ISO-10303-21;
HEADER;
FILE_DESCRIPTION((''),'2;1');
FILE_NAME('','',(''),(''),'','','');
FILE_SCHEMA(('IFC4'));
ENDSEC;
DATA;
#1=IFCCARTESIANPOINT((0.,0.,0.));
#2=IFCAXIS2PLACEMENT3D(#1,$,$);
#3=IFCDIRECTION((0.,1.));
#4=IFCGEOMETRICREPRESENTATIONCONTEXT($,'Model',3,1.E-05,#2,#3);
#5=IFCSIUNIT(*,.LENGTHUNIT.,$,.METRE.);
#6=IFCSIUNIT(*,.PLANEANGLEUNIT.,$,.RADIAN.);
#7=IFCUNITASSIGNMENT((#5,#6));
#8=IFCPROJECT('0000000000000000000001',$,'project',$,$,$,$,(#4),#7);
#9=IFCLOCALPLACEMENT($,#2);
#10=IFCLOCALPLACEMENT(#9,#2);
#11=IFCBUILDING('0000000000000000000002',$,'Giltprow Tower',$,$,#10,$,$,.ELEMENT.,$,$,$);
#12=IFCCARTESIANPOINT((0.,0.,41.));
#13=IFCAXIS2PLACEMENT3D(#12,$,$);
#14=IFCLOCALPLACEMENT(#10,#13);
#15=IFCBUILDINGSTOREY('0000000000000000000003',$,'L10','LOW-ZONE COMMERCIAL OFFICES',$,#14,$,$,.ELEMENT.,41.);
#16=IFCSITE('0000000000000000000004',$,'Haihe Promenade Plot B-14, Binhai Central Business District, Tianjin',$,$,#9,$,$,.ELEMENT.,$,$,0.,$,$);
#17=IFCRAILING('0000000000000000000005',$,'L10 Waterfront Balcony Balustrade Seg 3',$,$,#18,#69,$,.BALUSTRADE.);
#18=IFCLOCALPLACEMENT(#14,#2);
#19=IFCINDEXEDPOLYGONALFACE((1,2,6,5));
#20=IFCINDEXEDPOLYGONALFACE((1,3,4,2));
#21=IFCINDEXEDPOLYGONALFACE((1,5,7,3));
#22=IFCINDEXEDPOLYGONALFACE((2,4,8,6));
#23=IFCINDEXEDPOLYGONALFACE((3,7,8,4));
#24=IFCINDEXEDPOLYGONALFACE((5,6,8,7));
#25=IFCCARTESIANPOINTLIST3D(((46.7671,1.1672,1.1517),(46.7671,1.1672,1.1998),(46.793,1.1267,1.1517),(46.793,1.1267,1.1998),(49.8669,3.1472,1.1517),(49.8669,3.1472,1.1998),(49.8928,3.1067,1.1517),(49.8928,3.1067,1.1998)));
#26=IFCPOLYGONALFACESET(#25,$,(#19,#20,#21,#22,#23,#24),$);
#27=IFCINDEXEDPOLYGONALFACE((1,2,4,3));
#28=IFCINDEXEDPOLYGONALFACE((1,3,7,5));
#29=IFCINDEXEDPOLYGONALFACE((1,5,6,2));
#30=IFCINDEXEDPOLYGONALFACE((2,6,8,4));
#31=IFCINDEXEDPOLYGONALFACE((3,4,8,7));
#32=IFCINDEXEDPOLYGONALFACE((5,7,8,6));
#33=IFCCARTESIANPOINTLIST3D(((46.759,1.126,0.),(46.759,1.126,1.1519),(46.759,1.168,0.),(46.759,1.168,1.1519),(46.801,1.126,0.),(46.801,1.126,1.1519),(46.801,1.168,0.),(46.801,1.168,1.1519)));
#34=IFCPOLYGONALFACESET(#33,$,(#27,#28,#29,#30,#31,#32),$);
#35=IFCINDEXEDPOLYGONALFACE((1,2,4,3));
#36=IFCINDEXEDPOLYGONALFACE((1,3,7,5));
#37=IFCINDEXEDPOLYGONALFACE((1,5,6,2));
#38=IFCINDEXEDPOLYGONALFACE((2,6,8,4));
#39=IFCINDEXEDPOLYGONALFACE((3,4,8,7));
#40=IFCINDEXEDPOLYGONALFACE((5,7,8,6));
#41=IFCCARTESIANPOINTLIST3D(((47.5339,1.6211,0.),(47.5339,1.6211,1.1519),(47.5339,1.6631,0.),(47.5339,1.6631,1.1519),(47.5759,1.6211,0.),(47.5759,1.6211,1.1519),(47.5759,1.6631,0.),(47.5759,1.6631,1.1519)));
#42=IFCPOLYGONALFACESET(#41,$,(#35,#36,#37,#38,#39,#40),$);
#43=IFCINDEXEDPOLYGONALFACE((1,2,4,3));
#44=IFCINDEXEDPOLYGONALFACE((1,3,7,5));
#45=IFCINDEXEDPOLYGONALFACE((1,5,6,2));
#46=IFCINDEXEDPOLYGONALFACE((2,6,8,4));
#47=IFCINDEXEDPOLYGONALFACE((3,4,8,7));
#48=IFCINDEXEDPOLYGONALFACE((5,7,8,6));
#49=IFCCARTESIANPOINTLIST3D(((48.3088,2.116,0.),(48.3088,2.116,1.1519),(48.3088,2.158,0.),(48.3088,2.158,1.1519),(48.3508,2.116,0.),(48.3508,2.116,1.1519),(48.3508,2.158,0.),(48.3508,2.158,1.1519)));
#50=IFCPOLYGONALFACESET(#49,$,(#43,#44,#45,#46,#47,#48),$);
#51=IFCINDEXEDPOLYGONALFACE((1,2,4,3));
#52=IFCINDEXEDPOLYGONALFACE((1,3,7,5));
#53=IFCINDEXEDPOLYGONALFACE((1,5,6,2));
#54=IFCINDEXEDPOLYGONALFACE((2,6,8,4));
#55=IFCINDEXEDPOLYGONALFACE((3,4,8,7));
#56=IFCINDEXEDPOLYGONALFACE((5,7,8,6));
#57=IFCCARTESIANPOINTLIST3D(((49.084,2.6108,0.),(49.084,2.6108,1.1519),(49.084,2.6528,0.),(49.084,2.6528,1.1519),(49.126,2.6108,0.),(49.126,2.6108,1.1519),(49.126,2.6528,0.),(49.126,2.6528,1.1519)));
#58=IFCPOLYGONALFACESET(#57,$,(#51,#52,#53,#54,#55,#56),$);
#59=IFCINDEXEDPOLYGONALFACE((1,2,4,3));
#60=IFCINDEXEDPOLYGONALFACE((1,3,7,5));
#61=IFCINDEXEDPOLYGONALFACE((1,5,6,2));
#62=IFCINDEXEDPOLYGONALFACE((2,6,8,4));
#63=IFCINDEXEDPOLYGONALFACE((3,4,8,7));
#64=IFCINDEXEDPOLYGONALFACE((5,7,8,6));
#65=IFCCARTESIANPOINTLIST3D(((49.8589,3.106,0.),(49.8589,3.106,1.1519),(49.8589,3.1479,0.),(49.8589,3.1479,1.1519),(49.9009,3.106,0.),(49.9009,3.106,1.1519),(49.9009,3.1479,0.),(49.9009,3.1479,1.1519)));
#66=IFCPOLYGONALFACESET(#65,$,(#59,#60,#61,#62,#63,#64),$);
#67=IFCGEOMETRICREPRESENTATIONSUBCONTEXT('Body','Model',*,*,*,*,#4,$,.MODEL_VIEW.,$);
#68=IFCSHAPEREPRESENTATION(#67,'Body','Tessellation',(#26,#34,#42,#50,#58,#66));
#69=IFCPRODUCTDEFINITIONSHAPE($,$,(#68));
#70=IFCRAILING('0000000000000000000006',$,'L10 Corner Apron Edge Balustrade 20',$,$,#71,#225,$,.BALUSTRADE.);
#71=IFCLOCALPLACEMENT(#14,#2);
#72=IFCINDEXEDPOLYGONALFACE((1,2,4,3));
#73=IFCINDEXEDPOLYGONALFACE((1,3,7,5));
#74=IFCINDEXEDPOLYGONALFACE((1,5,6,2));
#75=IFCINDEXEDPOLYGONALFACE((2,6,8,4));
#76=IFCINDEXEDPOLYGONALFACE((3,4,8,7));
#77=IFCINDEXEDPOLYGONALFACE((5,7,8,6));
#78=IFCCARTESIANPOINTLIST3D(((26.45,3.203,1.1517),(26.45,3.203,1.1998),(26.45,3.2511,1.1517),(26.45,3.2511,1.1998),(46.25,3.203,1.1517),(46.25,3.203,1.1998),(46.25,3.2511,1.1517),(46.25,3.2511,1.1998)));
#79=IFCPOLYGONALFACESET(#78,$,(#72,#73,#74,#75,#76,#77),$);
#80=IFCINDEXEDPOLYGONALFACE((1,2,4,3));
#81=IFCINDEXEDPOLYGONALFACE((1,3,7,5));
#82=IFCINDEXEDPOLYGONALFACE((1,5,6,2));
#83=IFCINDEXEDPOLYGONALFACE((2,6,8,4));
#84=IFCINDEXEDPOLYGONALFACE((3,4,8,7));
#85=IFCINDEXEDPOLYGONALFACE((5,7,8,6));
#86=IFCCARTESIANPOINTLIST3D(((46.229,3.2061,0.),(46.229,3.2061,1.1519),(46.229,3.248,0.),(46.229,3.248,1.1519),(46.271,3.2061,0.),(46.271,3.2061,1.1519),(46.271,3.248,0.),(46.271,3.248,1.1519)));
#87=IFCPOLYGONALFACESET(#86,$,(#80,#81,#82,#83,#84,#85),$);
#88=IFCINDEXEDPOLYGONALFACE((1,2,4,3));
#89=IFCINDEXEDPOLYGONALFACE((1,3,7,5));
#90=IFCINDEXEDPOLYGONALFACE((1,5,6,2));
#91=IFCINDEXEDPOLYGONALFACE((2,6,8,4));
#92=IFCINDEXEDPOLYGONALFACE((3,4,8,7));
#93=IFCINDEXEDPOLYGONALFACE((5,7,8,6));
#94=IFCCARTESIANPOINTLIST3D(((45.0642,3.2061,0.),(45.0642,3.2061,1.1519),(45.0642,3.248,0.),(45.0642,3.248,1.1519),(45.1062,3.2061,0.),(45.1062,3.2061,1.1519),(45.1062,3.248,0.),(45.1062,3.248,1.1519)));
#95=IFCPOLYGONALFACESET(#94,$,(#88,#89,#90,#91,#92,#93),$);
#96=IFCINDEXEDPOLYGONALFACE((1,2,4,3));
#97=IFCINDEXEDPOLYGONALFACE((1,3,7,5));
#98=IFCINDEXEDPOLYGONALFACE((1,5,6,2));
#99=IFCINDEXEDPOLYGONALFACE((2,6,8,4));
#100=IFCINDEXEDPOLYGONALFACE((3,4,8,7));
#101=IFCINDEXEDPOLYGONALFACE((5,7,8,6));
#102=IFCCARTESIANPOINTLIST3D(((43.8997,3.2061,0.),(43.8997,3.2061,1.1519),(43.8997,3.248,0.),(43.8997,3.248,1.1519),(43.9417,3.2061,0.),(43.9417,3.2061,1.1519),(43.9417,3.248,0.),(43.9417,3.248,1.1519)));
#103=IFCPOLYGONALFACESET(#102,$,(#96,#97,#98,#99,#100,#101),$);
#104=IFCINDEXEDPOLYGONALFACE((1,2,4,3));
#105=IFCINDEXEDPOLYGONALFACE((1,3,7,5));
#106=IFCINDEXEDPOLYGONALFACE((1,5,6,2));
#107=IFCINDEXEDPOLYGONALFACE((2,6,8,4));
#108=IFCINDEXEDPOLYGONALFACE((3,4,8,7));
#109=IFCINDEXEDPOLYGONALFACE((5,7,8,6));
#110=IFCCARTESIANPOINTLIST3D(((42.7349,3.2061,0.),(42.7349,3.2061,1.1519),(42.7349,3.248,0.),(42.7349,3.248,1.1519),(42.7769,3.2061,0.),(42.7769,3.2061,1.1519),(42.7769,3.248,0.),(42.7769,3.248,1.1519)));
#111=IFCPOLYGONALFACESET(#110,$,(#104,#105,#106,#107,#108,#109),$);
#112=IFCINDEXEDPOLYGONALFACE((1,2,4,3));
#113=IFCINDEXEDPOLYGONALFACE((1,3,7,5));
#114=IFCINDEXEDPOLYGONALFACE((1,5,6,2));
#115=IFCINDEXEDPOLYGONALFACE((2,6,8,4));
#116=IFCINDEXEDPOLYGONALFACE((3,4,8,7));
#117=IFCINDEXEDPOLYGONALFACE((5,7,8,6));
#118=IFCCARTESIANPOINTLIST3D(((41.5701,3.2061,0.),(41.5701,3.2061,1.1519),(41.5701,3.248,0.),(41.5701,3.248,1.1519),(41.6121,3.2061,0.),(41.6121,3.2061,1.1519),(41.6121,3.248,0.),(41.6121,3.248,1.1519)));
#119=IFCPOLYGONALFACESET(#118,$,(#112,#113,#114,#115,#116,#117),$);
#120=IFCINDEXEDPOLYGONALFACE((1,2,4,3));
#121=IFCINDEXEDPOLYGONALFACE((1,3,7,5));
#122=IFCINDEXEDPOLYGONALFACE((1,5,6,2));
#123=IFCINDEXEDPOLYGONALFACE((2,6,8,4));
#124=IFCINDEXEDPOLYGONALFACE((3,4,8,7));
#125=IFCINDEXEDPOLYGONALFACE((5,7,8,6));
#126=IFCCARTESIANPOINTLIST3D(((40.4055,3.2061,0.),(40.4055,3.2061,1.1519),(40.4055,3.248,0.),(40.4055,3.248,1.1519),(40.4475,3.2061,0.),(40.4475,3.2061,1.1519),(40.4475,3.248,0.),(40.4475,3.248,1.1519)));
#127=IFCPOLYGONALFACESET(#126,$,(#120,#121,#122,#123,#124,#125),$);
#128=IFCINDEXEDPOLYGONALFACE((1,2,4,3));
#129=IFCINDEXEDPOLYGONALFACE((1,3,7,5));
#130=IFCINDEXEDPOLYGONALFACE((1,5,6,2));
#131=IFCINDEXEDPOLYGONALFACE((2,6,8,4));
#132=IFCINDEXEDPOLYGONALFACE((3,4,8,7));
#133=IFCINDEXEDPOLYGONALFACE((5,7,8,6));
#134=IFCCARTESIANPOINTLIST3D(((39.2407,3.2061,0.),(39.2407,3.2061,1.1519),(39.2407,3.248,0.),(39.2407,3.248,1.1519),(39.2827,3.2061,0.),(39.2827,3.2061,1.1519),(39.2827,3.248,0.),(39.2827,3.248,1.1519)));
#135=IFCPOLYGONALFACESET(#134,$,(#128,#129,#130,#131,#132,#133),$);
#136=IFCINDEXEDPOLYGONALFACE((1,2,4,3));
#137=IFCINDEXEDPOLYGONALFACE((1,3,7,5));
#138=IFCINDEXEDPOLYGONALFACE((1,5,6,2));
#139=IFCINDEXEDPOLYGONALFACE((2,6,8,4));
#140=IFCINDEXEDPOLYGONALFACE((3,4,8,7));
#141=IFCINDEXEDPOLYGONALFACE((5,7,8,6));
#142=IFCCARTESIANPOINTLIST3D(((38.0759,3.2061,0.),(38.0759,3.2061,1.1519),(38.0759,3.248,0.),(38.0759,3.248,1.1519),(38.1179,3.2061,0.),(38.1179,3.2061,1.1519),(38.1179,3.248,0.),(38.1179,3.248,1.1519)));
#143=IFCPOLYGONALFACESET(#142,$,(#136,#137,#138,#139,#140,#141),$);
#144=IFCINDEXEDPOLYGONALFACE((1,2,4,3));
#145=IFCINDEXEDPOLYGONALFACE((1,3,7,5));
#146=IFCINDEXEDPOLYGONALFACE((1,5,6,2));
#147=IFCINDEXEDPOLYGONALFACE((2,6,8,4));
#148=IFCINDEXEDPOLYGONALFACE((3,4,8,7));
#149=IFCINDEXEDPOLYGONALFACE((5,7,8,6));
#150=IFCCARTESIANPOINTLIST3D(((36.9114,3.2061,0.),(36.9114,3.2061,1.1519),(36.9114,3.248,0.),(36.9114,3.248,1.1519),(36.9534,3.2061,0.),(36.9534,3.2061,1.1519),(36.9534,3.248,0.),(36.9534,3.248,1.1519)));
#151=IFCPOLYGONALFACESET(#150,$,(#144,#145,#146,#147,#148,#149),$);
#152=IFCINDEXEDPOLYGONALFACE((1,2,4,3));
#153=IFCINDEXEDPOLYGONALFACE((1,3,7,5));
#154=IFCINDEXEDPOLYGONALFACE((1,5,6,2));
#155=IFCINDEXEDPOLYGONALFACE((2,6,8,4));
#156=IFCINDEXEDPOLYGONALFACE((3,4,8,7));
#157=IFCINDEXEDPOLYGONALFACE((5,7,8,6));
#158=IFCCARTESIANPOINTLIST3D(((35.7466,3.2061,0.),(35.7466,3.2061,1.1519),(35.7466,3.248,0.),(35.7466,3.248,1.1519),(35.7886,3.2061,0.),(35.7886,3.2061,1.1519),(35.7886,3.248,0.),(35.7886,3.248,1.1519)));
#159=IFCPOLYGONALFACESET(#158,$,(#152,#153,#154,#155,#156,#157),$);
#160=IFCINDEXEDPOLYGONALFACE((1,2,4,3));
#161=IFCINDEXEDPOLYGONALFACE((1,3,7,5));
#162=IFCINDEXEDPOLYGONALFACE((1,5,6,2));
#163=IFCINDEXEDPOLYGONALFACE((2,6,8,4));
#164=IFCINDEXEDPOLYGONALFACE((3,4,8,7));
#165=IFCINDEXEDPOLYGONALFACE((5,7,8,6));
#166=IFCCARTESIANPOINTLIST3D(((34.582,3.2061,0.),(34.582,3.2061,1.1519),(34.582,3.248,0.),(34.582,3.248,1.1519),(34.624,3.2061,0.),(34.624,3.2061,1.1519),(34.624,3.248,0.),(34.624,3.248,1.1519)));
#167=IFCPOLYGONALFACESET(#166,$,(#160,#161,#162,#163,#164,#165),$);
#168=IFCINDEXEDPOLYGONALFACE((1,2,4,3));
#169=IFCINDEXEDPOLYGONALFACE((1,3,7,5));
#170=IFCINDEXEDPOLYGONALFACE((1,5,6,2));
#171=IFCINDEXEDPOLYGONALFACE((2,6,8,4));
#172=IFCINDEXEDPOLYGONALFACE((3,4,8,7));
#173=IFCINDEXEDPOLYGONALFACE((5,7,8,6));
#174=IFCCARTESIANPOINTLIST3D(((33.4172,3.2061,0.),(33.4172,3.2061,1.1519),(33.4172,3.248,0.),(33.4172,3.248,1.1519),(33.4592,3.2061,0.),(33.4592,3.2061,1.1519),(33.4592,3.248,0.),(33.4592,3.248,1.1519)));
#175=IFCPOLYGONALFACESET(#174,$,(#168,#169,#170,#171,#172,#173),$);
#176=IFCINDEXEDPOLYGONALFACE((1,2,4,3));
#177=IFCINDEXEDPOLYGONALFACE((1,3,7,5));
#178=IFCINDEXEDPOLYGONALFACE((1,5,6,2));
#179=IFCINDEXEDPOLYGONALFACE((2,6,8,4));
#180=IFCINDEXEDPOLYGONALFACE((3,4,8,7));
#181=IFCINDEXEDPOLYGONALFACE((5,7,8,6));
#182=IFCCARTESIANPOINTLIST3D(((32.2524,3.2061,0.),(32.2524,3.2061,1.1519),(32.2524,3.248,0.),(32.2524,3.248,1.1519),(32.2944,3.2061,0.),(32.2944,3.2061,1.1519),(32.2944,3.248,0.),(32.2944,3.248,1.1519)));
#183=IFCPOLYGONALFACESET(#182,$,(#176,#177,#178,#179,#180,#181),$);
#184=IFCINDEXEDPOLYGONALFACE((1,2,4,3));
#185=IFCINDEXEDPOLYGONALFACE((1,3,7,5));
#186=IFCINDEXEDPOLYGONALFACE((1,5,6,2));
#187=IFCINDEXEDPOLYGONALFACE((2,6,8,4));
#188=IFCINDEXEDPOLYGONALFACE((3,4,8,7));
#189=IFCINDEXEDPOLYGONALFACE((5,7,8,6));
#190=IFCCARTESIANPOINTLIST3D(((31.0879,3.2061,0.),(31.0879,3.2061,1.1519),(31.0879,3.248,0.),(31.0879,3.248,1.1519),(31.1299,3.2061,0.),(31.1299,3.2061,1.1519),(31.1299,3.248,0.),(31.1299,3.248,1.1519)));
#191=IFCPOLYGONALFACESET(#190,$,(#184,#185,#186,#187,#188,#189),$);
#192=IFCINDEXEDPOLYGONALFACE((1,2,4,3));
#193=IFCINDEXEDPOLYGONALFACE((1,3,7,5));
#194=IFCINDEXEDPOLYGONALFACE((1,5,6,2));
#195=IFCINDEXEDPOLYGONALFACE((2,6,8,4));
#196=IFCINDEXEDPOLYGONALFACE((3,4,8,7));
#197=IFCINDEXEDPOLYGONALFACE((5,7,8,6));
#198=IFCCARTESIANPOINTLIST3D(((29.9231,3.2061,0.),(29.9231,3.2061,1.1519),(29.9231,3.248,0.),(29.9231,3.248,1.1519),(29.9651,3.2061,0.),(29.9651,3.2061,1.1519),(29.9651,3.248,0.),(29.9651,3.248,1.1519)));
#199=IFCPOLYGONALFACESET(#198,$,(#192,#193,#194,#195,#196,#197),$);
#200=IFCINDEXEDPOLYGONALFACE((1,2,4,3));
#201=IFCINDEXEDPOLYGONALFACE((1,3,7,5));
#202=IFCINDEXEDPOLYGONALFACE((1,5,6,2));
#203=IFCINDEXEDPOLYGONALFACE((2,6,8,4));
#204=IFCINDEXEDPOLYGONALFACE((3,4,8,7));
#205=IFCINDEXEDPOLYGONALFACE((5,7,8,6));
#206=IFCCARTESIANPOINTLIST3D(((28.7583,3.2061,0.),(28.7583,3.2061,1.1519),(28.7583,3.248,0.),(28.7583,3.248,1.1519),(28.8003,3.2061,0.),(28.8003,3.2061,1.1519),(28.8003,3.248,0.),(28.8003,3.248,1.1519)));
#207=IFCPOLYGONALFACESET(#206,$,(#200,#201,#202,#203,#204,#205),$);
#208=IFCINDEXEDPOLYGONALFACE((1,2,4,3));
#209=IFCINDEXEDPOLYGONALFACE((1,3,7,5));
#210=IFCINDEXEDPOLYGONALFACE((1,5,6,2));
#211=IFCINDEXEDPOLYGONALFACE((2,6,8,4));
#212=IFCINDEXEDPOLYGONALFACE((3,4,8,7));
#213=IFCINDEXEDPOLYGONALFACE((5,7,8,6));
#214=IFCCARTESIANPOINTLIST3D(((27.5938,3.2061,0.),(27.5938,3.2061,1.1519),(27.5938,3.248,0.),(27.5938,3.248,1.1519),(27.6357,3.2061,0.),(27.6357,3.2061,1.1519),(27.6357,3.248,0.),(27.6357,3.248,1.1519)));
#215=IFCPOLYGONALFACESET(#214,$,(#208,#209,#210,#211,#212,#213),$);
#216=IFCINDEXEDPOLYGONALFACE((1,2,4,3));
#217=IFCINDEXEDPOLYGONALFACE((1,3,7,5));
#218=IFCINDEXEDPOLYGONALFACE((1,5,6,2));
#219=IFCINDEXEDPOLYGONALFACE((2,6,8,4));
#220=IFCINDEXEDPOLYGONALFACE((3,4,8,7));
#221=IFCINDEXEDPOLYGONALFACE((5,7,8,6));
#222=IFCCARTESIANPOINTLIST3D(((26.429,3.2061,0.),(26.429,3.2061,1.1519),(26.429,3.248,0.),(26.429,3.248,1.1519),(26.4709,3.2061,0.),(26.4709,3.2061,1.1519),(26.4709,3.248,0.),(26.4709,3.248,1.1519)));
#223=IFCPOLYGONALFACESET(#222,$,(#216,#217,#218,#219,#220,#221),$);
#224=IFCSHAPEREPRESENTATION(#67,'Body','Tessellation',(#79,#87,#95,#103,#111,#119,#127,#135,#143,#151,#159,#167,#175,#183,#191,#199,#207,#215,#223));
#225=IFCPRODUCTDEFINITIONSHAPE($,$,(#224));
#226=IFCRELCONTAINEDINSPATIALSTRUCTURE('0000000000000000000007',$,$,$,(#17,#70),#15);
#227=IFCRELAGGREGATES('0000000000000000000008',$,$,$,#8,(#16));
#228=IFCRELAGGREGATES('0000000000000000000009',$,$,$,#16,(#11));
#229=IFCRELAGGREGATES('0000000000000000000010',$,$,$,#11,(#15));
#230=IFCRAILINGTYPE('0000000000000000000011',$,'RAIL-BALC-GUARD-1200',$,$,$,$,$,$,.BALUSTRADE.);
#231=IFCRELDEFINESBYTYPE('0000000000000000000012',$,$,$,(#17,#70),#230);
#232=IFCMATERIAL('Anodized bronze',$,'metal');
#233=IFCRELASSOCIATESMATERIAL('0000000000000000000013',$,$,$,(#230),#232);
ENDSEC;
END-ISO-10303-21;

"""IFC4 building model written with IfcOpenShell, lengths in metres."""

from ifc_helpers import new_model, si_unit, direction, frame, origin, origin_2d, place, context, subcontext, project, spatial, rectangle, extrude, material, type_object, element, save


model = new_model("IFC4")

# Units and contexts
model_context = context("Model", 3, precision=1e-05, world=origin(), true_north=direction((0.0, 1.0)))
body_context = subcontext(model_context, "Body", "Model", "MODEL_VIEW")
ifc_project = project(units=[si_unit("LENGTHUNIT", "METRE"), si_unit("PLANEANGLEUNIT", "RADIAN")], contexts=[model_context])

# Site, building, storey
site_placement = place(None, origin())
site = spatial("IfcSite", under=ifc_project, at=site_placement, Name="Haihe Promenade Plot B-14, Binhai Central Business District, Tianjin", CompositionType="ELEMENT", RefElevation=0.0)
building_placement = place(site_placement, origin())
building = spatial("IfcBuilding", under=site, at=building_placement, Name="Giltprow Tower", CompositionType="ELEMENT")
storey_placement = place(building_placement, frame((0.0, 0.0, 41.0)))
storey = spatial("IfcBuildingStorey", under=building, at=storey_placement, Name="L10", Description="LOW-ZONE COMMERCIAL OFFICES", CompositionType="ELEMENT", Elevation=41.0)

# Shared definitions
ifc_material_1 = material(Name="Anodized bronze", Category="metal")

# Railings
railing_type = type_object("IfcRailingType", Name="RAIL-BALC-GUARD-1200", PredefinedType="BALUSTRADE", material=ifc_material_1)
railing_1_placement = place(storey_placement, frame((46.78, 1.147, 0.0)))
element("IfcRailing", 1, at=railing_1_placement, inside=storey, type_object=railing_type, Name="L10 Waterfront Balcony Balustrade Seg 3", PredefinedType="BALUSTRADE", context=body_context, shape_type="SweptSolid", body=[
    extrude(rectangle(XDim=0.0481, YDim=0.0481, at=origin_2d()), frame((0.0, 0.0, 1.1758), z_axis=(0.842756, 0.538296, 0.0), x_axis=(-0.538296, 0.842756, 0.0)), (0.0, 0.0, 1.0), 3.6782),
    extrude(rectangle(XDim=0.042, YDim=0.042, at=origin_2d()), origin(), (0.0, 0.0, 1.0), 1.1519),
    extrude(rectangle(XDim=0.042, YDim=0.042, at=origin_2d()), frame((0.7749, 0.4951, 0.0)), (0.0, 0.0, 1.0), 1.1519),
    extrude(rectangle(XDim=0.042, YDim=0.042, at=origin_2d()), frame((1.5498, 0.99, 0.0)), (0.0, 0.0, 1.0), 1.1519),
    extrude(rectangle(XDim=0.042, YDim=0.042, at=origin_2d()), frame((2.325, 1.4849, 0.0)), (0.0, 0.0, 1.0), 1.1519),
    extrude(rectangle(XDim=0.042, YDim=0.042, at=origin_2d()), frame((3.0999, 1.98, 0.0)), (0.0, 0.0, 1.0), 1.1519),
])
railing_2_placement = place(storey_placement, frame((46.25, 3.2271, 0.0)))
element("IfcRailing", 2, at=railing_2_placement, inside=storey, type_object=railing_type, Name="L10 Corner Apron Edge Balustrade 20", PredefinedType="BALUSTRADE", context=body_context, shape_type="SweptSolid", body=[
    extrude(rectangle(XDim=0.0481, YDim=0.0481, at=origin_2d()), frame((0.0, 0.0, 1.1758), z_axis=(-1.0, 0.0, 0.0), x_axis=(0.0, -1.0, 0.0)), (0.0, 0.0, 1.0), 19.8),
    extrude(rectangle(XDim=0.042, YDim=0.042, at=origin_2d()), origin(), (0.0, 0.0, 1.0), 1.1519),
    extrude(rectangle(XDim=0.042, YDim=0.042, at=origin_2d()), frame((-1.1648, 0.0, 0.0)), (0.0, 0.0, 1.0), 1.1519),
    extrude(rectangle(XDim=0.042, YDim=0.042, at=origin_2d()), frame((-2.3293, 0.0, 0.0)), (0.0, 0.0, 1.0), 1.1519),
    extrude(rectangle(XDim=0.042, YDim=0.042, at=origin_2d()), frame((-3.4941, 0.0, 0.0)), (0.0, 0.0, 1.0), 1.1519),
    extrude(rectangle(XDim=0.042, YDim=0.042, at=origin_2d()), frame((-4.6589, 0.0, 0.0)), (0.0, 0.0, 1.0), 1.1519),
    extrude(rectangle(XDim=0.042, YDim=0.042, at=origin_2d()), frame((-5.8235, 0.0, 0.0)), (0.0, 0.0, 1.0), 1.1519),
    extrude(rectangle(XDim=0.042, YDim=0.042, at=origin_2d()), frame((-6.9883, 0.0, 0.0)), (0.0, 0.0, 1.0), 1.1519),
    extrude(rectangle(XDim=0.042, YDim=0.042, at=origin_2d()), frame((-8.1531, 0.0, 0.0)), (0.0, 0.0, 1.0), 1.1519),
    extrude(rectangle(XDim=0.042, YDim=0.042, at=origin_2d()), frame((-9.3176, 0.0, 0.0)), (0.0, 0.0, 1.0), 1.1519),
    extrude(rectangle(XDim=0.042, YDim=0.042, at=origin_2d()), frame((-10.4824, 0.0, 0.0)), (0.0, 0.0, 1.0), 1.1519),
    extrude(rectangle(XDim=0.042, YDim=0.042, at=origin_2d()), frame((-11.647, 0.0, 0.0)), (0.0, 0.0, 1.0), 1.1519),
    extrude(rectangle(XDim=0.042, YDim=0.042, at=origin_2d()), frame((-12.8118, 0.0, 0.0)), (0.0, 0.0, 1.0), 1.1519),
    extrude(rectangle(XDim=0.042, YDim=0.042, at=origin_2d()), frame((-13.9766, 0.0, 0.0)), (0.0, 0.0, 1.0), 1.1519),
    extrude(rectangle(XDim=0.042, YDim=0.042, at=origin_2d()), frame((-15.1411, 0.0, 0.0)), (0.0, 0.0, 1.0), 1.1519),
    extrude(rectangle(XDim=0.042, YDim=0.042, at=origin_2d()), frame((-16.3059, 0.0, 0.0)), (0.0, 0.0, 1.0), 1.1519),
    extrude(rectangle(XDim=0.042, YDim=0.042, at=origin_2d()), frame((-17.4707, 0.0, 0.0)), (0.0, 0.0, 1.0), 1.1519),
    extrude(rectangle(XDim=0.042, YDim=0.042, at=origin_2d()), frame((-18.6353, 0.0, 0.0)), (0.0, 0.0, 1.0), 1.1519),
    extrude(rectangle(XDim=0.042, YDim=0.042, at=origin_2d()), frame((-19.8, 0.0, 0.0)), (0.0, 0.0, 1.0), 1.1519),
])

save(model, "model.ifc")
